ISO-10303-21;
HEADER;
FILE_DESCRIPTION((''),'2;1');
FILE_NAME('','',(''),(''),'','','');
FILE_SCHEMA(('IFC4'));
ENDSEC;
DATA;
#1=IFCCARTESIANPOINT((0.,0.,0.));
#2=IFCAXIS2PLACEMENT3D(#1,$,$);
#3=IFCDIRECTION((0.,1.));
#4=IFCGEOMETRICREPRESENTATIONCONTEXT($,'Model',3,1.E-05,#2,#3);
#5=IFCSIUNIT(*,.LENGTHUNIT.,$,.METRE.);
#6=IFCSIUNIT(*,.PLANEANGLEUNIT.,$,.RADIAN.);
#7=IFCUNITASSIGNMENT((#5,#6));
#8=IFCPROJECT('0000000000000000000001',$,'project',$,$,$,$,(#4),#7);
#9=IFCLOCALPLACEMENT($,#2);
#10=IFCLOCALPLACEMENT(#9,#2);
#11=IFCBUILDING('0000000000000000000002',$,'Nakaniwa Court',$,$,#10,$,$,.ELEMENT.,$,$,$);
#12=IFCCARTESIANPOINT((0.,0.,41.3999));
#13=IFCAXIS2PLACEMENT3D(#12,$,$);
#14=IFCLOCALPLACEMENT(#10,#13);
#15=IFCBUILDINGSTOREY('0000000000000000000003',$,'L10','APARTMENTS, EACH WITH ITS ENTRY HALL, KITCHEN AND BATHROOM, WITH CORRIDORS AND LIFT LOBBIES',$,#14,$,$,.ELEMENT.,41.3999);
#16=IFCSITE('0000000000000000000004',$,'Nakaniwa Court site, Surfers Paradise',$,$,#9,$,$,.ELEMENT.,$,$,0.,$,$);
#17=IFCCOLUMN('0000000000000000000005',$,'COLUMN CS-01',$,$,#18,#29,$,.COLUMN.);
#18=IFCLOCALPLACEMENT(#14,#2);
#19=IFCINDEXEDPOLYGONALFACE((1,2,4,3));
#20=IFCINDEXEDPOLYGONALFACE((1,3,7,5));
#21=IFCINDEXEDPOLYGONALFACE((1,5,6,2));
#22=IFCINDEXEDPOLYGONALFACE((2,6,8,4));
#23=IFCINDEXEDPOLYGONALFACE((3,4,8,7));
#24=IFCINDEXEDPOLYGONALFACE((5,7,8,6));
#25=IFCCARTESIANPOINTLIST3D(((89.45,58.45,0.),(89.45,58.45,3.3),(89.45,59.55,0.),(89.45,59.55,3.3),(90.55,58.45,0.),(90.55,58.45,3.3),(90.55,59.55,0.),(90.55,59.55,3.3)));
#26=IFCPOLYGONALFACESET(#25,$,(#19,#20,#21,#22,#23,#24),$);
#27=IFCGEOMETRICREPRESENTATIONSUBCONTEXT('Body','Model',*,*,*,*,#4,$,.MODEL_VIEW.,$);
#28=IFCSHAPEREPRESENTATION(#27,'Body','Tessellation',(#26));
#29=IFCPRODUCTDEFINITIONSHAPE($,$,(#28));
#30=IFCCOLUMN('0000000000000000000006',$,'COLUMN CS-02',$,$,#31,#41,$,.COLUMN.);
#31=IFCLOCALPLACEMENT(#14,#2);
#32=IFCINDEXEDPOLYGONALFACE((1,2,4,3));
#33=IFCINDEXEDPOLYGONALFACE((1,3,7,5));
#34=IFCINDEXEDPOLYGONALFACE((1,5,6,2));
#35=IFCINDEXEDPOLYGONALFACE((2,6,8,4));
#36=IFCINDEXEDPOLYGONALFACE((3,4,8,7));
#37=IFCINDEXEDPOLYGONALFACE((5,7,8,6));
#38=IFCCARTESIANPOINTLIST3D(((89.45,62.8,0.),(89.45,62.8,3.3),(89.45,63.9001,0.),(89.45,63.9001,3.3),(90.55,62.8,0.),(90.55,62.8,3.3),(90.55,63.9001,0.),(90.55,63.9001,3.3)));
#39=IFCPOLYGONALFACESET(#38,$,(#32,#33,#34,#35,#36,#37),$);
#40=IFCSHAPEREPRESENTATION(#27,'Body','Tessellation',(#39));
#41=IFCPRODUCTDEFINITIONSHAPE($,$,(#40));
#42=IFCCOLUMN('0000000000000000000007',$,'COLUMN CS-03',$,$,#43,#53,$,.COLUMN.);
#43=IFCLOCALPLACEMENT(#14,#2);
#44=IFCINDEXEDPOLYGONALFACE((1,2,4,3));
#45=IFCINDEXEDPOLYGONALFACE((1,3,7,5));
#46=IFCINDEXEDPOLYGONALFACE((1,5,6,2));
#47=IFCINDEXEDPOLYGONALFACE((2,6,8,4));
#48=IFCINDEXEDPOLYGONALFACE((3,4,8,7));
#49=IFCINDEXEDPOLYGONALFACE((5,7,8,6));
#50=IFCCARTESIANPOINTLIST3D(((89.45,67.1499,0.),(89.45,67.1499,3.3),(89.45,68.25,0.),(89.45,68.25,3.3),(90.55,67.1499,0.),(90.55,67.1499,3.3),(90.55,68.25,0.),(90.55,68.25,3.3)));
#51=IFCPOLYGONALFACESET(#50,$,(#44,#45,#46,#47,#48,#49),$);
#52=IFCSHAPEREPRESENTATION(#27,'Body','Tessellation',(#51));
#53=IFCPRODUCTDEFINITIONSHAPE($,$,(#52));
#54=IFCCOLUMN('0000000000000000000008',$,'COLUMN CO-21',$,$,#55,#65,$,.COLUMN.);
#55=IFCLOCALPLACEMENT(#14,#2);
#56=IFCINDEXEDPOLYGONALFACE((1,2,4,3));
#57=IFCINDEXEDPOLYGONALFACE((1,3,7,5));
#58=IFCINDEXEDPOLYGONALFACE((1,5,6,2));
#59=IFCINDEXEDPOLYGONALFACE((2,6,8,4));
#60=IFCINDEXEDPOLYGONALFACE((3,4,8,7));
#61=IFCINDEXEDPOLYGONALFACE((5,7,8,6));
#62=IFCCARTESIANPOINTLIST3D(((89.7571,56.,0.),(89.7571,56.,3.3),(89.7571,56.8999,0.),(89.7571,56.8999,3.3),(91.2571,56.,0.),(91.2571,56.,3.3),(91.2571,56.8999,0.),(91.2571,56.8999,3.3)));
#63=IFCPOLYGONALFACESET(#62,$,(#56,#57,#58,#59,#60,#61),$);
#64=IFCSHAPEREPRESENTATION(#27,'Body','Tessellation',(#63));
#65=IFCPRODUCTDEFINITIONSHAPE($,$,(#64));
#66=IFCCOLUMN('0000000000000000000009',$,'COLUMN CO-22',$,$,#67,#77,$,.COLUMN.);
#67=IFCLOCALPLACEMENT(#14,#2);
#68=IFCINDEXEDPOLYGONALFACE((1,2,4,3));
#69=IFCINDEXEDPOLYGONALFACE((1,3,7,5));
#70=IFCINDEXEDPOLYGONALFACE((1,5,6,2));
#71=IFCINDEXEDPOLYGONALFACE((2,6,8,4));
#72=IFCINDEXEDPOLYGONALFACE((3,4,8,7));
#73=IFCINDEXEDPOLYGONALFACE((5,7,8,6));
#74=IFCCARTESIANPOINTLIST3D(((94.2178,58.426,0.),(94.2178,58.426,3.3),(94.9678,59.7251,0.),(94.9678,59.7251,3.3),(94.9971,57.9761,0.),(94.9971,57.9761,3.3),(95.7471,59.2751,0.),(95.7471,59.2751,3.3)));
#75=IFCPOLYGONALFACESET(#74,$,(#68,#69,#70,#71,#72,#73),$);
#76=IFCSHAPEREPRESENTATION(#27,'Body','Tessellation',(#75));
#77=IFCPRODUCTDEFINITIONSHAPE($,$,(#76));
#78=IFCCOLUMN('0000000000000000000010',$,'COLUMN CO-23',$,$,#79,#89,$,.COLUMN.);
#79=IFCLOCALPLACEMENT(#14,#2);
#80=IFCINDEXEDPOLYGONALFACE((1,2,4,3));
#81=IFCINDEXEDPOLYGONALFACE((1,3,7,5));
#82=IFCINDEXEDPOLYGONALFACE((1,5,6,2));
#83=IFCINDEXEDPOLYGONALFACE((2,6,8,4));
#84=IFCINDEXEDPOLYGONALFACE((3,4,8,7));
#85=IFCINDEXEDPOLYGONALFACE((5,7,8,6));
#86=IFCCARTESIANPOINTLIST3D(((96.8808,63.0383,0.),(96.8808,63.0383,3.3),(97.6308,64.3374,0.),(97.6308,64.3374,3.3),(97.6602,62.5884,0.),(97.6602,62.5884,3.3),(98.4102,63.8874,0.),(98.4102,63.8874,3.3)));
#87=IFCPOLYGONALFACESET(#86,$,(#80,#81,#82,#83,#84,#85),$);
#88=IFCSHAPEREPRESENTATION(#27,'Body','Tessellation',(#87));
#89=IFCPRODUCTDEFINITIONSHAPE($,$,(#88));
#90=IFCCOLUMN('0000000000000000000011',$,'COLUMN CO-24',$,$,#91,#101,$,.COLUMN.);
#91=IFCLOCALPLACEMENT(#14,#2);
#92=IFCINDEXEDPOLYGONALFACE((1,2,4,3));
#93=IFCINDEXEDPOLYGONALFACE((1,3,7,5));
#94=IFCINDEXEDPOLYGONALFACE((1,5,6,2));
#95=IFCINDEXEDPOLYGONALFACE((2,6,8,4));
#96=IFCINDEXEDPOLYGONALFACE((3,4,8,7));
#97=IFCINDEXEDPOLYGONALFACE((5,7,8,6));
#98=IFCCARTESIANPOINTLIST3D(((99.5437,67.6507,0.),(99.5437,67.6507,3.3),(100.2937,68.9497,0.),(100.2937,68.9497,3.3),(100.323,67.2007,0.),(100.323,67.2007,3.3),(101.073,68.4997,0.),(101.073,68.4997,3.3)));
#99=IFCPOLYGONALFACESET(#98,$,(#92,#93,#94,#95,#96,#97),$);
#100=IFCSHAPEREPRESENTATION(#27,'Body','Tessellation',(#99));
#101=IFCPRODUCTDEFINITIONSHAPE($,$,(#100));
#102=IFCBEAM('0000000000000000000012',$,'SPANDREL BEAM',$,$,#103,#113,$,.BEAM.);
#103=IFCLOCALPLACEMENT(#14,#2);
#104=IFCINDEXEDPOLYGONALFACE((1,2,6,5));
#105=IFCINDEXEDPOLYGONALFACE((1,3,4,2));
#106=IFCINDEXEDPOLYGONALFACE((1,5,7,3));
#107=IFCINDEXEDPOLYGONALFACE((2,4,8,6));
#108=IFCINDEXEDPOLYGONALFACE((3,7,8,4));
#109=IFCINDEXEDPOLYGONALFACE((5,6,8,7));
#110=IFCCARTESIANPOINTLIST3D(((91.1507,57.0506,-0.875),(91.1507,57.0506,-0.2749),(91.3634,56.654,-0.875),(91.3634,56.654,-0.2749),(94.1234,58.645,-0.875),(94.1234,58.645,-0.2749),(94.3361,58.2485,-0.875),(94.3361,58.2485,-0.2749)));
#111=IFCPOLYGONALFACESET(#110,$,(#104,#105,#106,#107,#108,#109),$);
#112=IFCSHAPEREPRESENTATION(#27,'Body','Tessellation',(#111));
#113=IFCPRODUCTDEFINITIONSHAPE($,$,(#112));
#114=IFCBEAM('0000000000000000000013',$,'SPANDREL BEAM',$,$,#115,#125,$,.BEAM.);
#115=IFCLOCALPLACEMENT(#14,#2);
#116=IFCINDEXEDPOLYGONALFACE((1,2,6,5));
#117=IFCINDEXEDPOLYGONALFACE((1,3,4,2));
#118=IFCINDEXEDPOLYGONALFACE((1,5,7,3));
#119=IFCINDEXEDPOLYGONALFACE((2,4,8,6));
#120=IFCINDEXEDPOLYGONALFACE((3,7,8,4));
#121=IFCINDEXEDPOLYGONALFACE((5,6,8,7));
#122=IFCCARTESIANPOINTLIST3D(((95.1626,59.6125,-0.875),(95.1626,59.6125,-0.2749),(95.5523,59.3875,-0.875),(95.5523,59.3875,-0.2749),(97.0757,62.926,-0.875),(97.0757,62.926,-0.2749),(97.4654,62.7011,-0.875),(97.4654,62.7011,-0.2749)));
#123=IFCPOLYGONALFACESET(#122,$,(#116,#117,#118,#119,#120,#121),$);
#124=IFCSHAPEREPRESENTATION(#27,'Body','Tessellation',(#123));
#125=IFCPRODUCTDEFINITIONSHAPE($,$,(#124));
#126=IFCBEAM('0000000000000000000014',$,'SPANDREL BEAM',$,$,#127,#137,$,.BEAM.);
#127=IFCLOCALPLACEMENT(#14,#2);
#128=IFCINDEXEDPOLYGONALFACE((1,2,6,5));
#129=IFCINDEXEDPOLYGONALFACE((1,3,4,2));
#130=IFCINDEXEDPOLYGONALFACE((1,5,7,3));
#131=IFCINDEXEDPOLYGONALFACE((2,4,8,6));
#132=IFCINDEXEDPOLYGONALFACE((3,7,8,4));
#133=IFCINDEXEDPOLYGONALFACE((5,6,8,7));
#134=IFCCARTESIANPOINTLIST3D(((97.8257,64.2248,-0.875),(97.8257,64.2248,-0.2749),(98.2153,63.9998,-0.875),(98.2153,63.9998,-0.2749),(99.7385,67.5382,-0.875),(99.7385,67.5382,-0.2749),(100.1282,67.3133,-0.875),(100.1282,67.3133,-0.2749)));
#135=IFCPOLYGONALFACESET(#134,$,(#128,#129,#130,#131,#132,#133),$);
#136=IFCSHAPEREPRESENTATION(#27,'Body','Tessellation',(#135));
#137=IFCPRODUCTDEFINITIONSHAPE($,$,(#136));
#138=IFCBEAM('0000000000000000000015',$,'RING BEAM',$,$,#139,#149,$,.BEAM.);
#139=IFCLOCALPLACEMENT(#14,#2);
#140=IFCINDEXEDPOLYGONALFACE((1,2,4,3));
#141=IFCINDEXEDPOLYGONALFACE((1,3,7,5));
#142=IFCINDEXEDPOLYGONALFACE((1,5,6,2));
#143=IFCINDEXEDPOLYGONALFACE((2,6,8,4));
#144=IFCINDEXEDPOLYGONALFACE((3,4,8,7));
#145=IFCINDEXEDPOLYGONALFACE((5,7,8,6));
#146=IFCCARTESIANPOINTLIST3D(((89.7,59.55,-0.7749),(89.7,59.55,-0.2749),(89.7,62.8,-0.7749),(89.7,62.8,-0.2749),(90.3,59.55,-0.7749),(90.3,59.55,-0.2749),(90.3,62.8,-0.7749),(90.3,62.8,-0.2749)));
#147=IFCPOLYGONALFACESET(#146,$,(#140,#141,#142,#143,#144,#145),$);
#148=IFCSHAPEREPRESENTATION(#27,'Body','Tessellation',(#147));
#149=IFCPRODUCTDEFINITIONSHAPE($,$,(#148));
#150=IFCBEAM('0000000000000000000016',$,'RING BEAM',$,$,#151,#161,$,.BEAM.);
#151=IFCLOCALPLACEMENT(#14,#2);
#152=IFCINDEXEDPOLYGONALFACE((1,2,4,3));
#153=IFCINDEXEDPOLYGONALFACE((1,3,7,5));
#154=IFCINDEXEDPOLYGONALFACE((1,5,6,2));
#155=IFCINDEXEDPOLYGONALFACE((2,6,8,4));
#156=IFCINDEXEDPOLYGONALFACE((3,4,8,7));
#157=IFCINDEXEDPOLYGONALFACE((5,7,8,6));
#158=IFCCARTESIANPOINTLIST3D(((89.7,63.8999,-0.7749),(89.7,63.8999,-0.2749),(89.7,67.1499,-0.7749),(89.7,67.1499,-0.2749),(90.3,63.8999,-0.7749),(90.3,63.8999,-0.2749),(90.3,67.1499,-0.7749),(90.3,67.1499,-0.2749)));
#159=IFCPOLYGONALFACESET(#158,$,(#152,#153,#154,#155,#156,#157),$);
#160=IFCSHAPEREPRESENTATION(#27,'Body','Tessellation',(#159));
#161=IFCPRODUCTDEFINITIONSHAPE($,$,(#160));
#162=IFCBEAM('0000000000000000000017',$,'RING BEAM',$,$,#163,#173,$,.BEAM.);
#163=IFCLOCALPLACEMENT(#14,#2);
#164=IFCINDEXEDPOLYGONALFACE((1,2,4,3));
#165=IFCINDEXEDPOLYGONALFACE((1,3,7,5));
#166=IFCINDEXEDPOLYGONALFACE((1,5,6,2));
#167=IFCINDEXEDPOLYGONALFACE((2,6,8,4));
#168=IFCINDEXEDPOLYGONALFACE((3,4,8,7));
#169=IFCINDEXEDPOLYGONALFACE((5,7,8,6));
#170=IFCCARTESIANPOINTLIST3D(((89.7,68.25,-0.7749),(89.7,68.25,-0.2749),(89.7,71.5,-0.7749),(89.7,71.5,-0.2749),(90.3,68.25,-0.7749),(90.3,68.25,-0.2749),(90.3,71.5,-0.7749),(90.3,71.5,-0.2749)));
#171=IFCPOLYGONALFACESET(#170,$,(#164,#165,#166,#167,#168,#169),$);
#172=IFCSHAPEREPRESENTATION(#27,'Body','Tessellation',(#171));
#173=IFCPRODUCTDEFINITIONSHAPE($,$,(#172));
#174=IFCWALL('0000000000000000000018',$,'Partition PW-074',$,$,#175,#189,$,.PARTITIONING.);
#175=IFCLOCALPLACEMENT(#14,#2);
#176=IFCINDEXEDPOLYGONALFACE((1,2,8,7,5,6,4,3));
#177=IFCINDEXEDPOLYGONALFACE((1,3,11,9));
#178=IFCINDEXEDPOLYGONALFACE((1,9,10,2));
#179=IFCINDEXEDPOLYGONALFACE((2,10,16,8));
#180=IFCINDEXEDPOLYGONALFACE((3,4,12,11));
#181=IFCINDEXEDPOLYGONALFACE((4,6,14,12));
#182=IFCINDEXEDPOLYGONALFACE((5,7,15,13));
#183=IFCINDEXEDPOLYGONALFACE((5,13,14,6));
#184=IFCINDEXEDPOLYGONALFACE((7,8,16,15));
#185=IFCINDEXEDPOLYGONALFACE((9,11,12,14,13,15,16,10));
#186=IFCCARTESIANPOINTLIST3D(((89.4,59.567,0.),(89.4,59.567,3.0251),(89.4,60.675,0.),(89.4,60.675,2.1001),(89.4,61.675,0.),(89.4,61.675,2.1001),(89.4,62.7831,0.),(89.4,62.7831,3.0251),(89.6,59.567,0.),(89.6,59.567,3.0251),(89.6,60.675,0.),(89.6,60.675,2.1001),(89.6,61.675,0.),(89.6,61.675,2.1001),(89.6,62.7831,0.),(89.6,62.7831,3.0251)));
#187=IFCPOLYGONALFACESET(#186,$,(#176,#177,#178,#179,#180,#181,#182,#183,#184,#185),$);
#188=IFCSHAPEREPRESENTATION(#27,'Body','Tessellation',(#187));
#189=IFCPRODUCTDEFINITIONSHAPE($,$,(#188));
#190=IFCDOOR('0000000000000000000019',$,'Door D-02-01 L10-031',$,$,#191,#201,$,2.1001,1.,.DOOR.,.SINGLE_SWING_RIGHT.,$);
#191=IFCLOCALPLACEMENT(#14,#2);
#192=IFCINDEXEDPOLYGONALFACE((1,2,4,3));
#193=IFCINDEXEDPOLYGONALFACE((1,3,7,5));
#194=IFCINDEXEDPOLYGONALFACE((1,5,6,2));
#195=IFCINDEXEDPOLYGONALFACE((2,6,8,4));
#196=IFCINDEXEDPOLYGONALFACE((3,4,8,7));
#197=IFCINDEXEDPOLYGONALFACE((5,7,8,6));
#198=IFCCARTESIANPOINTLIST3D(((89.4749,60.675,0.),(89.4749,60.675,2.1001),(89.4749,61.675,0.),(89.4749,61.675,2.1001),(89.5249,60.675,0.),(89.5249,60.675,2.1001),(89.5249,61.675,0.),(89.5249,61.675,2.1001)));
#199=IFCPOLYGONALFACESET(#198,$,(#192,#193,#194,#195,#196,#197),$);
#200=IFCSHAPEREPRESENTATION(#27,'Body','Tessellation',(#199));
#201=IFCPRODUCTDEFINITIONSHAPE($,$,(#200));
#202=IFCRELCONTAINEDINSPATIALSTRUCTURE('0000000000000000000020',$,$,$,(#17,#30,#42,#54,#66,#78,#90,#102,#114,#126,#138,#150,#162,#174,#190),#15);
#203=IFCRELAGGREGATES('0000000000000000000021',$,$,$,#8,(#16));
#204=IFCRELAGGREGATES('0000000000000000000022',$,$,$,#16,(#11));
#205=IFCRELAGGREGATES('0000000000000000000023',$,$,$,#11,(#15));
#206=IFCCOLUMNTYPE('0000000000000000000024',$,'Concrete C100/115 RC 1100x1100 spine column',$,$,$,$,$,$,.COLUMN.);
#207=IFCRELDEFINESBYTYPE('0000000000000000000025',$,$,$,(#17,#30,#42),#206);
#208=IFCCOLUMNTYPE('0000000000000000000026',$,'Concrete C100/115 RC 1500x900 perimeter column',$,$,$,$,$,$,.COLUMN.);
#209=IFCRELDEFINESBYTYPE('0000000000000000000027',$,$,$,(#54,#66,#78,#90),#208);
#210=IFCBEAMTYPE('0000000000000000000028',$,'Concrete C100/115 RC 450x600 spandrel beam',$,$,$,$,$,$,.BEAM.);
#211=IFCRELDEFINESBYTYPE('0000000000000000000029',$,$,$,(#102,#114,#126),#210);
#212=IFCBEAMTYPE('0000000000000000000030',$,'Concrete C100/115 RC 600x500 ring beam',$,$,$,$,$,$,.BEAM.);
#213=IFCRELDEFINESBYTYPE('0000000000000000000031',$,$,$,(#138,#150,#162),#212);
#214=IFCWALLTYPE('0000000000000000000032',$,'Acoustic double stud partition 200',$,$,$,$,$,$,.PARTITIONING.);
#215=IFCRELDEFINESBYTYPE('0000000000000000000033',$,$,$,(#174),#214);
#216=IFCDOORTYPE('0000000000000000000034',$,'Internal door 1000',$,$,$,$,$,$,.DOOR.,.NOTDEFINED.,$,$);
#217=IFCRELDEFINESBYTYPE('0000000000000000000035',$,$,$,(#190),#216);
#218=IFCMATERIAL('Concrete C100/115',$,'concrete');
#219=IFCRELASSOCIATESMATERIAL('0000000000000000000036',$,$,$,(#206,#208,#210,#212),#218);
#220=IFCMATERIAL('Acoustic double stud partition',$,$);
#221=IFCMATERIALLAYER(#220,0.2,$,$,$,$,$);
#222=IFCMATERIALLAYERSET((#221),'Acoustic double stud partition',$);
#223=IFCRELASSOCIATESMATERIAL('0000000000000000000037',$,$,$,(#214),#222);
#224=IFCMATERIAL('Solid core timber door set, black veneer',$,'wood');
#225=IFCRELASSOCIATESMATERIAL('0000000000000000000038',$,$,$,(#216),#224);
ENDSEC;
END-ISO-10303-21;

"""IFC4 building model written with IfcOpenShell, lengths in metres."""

from ifc_helpers import new_model, si_unit, direction, frame, frame_2d, origin, origin_2d, place, context, subcontext, project, spatial, rectangle, extrude, material, layer, layer_set, material_profile, profile_set, type_object, element, fill, save


model = new_model("IFC4")

# Units and contexts
model_context = context("Model", 3, precision=1e-05, world=origin(), true_north=direction((0.0, 1.0)))
body_context = subcontext(model_context, "Body", "Model", "MODEL_VIEW")
ifc_project = project(units=[si_unit("LENGTHUNIT", "METRE"), si_unit("PLANEANGLEUNIT", "RADIAN")], contexts=[model_context])

# Site, building, storey
site_placement = place(None, origin())
site = spatial("IfcSite", under=ifc_project, at=site_placement, Name="Nakaniwa Court site, Surfers Paradise", CompositionType="ELEMENT", RefElevation=0.0)
building_placement = place(site_placement, origin())
building = spatial("IfcBuilding", under=site, at=building_placement, Name="Nakaniwa Court", CompositionType="ELEMENT")
storey_placement = place(building_placement, frame((0.0, 0.0, 41.3999)))
storey = spatial("IfcBuildingStorey", under=building, at=storey_placement, Name="L10", Description="APARTMENTS, EACH WITH ITS ENTRY HALL, KITCHEN AND BATHROOM, WITH CORRIDORS AND LIFT LOBBIES", CompositionType="ELEMENT", Elevation=41.3999)

# Columns
ifc_material_1 = material(Name="Concrete C100/115", Category="concrete")
ifc_material_profile_1 = material_profile(ifc_material_1, rectangle(XDim=1.1001, YDim=1.1001, at=origin_2d()), Name="Concrete C100/115 RC 1100x1100 spine column")
ifc_profile_set_1 = profile_set([ifc_material_profile_1], Name="Concrete C100/115")
column_type_1 = type_object("IfcColumnType", Name="Concrete C100/115 RC 1100x1100 spine column", PredefinedType="COLUMN", material=ifc_profile_set_1)
for number, where, z_axis, x_axis, name in (
    (1, (90.0, 59.0, 0.0), (0.0, 0.0, 1.0), (0.0, 1.0, 0.0), "COLUMN CS-01"),
    (2, (90.0, 63.3501, 0.0), (0.0, 0.0, 1.0), (0.0, 1.0, 0.0), "COLUMN CS-02"),
    (3, (90.0, 67.7, 0.0), (0.0, 0.0, 1.0), (0.0, 1.0, 0.0), "COLUMN CS-03"),
):
    element("IfcColumn", number, at=place(storey_placement, frame(where, z_axis=z_axis, x_axis=x_axis)), inside=storey, type_object=column_type_1, Name=name, PredefinedType="COLUMN", context=body_context, shape_type="SweptSolid", body=[
        extrude(rectangle(XDim=1.1001, YDim=1.1001, at=origin_2d()), origin(), (0.0, 0.0, 1.0), 3.3),
    ])
ifc_material_profile_2 = material_profile(ifc_material_1, rectangle(XDim=1.5, YDim=0.8999, at=origin_2d()), Name="Concrete C100/115 RC 1500x900 perimeter column")
ifc_profile_set_2 = profile_set([ifc_material_profile_2], Name="Concrete C100/115")
column_type_2 = type_object("IfcColumnType", Name="Concrete C100/115 RC 1500x900 perimeter column", PredefinedType="COLUMN", material=ifc_profile_set_2)
for number, where, z_axis, x_axis, name in (
    (4, (90.5071, 56.45, 0.0), (0.0, 0.0, 1.0), (1.0, 0.0, 0.0), "COLUMN CO-21"),
    (5, (94.9824, 58.8506, 0.0), (0.0, 0.0, 1.0), (0.5, 0.866025, 0.0), "COLUMN CO-22"),
    (6, (97.6455, 63.4629, 0.0), (0.0, 0.0, 1.0), (0.5, 0.866025, 0.0), "COLUMN CO-23"),
    (7, (100.3083, 68.0752, 0.0), (0.0, 0.0, 1.0), (0.5, 0.866025, 0.0), "COLUMN CO-24"),
):
    element("IfcColumn", number, at=place(storey_placement, frame(where, z_axis=z_axis, x_axis=x_axis)), inside=storey, type_object=column_type_2, Name=name, PredefinedType="COLUMN", context=body_context, shape_type="SweptSolid", body=[
        extrude(rectangle(XDim=1.5, YDim=0.8999, at=origin_2d()), origin(), (0.0, 0.0, 1.0), 3.3),
    ])

# Beams
ifc_material_profile_3 = material_profile(ifc_material_1, rectangle(XDim=0.45, YDim=0.6001, at=origin_2d()), Name="Concrete C100/115 RC 450x600 spandrel beam")
ifc_profile_set_3 = profile_set([ifc_material_profile_3], Name="Concrete C100/115")
beam_type_1 = type_object("IfcBeamType", Name="Concrete C100/115 RC 450x600 spandrel beam", PredefinedType="BEAM", material=ifc_profile_set_3)
beam_1_placement = place(storey_placement, frame((91.2571, 56.8523, -0.575), z_axis=(0.881235, 0.472679, 0.0), x_axis=(-0.472679, 0.881235, 0.0)))
element("IfcBeam", 8, at=beam_1_placement, inside=storey, type_object=beam_type_1, Name="SPANDREL BEAM", PredefinedType="BEAM", context=body_context, shape_type="SweptSolid", body=[
    extrude(rectangle(XDim=0.45, YDim=0.6001, at=origin_2d()), origin(), (0.0, 0.0, 1.0), 3.3733),
])
beam_2_placement = place(storey_placement, frame((95.3574, 59.5, -0.575), z_axis=(0.50001, 0.86602, 0.0), x_axis=(-0.86602, 0.50001, 0.0)))
element("IfcBeam", 9, at=beam_2_placement, inside=storey, type_object=beam_type_1, Name="SPANDREL BEAM", PredefinedType="BEAM", context=body_context, shape_type="SweptSolid", body=[
    extrude(rectangle(XDim=0.45, YDim=0.6001, at=origin_2d()), origin(), (0.0, 0.0, 1.0), 3.8262),
])
beam_3_placement = place(storey_placement, frame((98.0205, 64.1123, -0.575), z_axis=(0.499962, 0.866047, 0.0), x_axis=(-0.866047, 0.499962, 0.0)))
element("IfcBeam", 10, at=beam_3_placement, inside=storey, type_object=beam_type_1, Name="SPANDREL BEAM", PredefinedType="BEAM", context=body_context, shape_type="SweptSolid", body=[
    extrude(rectangle(XDim=0.45, YDim=0.6001, at=origin_2d()), origin(), (0.0, 0.0, 1.0), 3.8259),
])
ifc_material_profile_4 = material_profile(ifc_material_1, rectangle(XDim=0.6001, YDim=0.5, at=origin_2d()), Name="Concrete C100/115 RC 600x500 ring beam")
ifc_profile_set_4 = profile_set([ifc_material_profile_4], Name="Concrete C100/115")
beam_type_2 = type_object("IfcBeamType", Name="Concrete C100/115 RC 600x500 ring beam", PredefinedType="BEAM", material=ifc_profile_set_4)
for number, where, z_axis, x_axis, name in (
    (11, (90.0, 59.55, -0.5249), (0.0, 1.0, 0.0), (-1.0, 0.0, 0.0), "RING BEAM"),
    (12, (90.0, 63.8999, -0.5249), (0.0, 1.0, 0.0), (-1.0, 0.0, 0.0), "RING BEAM"),
    (13, (90.0, 68.25, -0.5249), (0.0, 1.0, 0.0), (-1.0, 0.0, 0.0), "RING BEAM"),
):
    element("IfcBeam", number, at=place(storey_placement, frame(where, z_axis=z_axis, x_axis=x_axis)), inside=storey, type_object=beam_type_2, Name=name, PredefinedType="BEAM", context=body_context, shape_type="SweptSolid", body=[
        extrude(rectangle(XDim=0.6001, YDim=0.5, at=origin_2d()), origin(), (0.0, 0.0, 1.0), 3.25),
    ])

# Wall, opening, door
ifc_material_2 = material(Name="Acoustic double stud partition")
ifc_layer_1 = layer(ifc_material_2, 0.2)
ifc_layer_set_1 = layer_set([ifc_layer_1], Name="Acoustic double stud partition")
wall_type_1 = type_object("IfcWallType", Name="Acoustic double stud partition 200", PredefinedType="PARTITIONING", material=ifc_layer_set_1)
wall_1_placement = place(storey_placement, frame((89.5, 62.783, 0.0), z_axis=(0.0, 0.0, 1.0), x_axis=(0.0, -1.0, 0.0)))
wall_1 = element("IfcWall", 14, at=wall_1_placement, inside=storey, type_object=wall_type_1, Name="Partition PW-074", PredefinedType="PARTITIONING", context=body_context, shape_type="SweptSolid", body=[
    extrude(rectangle(XDim=3.2161, YDim=0.2, at=frame_2d((1.6079, 0.0))), origin(), (0.0, 0.0, 1.0), 3.0251),
])
opening_1_placement = place(wall_1_placement, frame((1.1079, 0.0, 0.0)))
opening_1 = element("IfcOpeningElement", 15, at=opening_1_placement, cuts=wall_1, PredefinedType="OPENING", context=body_context, shape_type="SweptSolid", body=[
    extrude(rectangle(XDim=1.0, YDim=2.1001, at=frame_2d((0.5, 1.05))), frame((0.0, 0.1099, 0.0), z_axis=(0.0, -1.0, 0.0), x_axis=(1.0, 0.0, 0.0)), (0.0, 0.0, 1.0), 0.22),
])
ifc_material_3 = material(Name="Solid core timber door set, black veneer", Category="wood")
door_type = type_object("IfcDoorType", Name="Internal door 1000", OperationType="NOTDEFINED", PredefinedType="DOOR", material=ifc_material_3)
door_placement = place(opening_1_placement, origin())
door = element("IfcDoor", 16, at=door_placement, inside=storey, type_object=door_type, Name="Door D-02-01 L10-031", OperationType="SINGLE_SWING_RIGHT", OverallHeight=2.1001, OverallWidth=1.0, PredefinedType="DOOR", context=body_context, shape_type="SweptSolid", body=[
    extrude(rectangle(XDim=1.0, YDim=2.1001, at=frame_2d((0.5, 1.05))), frame((0.0, 0.0249, 0.0), z_axis=(0.0, -1.0, 0.0), x_axis=(1.0, 0.0, 0.0)), (0.0, 0.0, 1.0), 0.05),
])
fill(opening_1, door)

save(model, "model.ifc")
